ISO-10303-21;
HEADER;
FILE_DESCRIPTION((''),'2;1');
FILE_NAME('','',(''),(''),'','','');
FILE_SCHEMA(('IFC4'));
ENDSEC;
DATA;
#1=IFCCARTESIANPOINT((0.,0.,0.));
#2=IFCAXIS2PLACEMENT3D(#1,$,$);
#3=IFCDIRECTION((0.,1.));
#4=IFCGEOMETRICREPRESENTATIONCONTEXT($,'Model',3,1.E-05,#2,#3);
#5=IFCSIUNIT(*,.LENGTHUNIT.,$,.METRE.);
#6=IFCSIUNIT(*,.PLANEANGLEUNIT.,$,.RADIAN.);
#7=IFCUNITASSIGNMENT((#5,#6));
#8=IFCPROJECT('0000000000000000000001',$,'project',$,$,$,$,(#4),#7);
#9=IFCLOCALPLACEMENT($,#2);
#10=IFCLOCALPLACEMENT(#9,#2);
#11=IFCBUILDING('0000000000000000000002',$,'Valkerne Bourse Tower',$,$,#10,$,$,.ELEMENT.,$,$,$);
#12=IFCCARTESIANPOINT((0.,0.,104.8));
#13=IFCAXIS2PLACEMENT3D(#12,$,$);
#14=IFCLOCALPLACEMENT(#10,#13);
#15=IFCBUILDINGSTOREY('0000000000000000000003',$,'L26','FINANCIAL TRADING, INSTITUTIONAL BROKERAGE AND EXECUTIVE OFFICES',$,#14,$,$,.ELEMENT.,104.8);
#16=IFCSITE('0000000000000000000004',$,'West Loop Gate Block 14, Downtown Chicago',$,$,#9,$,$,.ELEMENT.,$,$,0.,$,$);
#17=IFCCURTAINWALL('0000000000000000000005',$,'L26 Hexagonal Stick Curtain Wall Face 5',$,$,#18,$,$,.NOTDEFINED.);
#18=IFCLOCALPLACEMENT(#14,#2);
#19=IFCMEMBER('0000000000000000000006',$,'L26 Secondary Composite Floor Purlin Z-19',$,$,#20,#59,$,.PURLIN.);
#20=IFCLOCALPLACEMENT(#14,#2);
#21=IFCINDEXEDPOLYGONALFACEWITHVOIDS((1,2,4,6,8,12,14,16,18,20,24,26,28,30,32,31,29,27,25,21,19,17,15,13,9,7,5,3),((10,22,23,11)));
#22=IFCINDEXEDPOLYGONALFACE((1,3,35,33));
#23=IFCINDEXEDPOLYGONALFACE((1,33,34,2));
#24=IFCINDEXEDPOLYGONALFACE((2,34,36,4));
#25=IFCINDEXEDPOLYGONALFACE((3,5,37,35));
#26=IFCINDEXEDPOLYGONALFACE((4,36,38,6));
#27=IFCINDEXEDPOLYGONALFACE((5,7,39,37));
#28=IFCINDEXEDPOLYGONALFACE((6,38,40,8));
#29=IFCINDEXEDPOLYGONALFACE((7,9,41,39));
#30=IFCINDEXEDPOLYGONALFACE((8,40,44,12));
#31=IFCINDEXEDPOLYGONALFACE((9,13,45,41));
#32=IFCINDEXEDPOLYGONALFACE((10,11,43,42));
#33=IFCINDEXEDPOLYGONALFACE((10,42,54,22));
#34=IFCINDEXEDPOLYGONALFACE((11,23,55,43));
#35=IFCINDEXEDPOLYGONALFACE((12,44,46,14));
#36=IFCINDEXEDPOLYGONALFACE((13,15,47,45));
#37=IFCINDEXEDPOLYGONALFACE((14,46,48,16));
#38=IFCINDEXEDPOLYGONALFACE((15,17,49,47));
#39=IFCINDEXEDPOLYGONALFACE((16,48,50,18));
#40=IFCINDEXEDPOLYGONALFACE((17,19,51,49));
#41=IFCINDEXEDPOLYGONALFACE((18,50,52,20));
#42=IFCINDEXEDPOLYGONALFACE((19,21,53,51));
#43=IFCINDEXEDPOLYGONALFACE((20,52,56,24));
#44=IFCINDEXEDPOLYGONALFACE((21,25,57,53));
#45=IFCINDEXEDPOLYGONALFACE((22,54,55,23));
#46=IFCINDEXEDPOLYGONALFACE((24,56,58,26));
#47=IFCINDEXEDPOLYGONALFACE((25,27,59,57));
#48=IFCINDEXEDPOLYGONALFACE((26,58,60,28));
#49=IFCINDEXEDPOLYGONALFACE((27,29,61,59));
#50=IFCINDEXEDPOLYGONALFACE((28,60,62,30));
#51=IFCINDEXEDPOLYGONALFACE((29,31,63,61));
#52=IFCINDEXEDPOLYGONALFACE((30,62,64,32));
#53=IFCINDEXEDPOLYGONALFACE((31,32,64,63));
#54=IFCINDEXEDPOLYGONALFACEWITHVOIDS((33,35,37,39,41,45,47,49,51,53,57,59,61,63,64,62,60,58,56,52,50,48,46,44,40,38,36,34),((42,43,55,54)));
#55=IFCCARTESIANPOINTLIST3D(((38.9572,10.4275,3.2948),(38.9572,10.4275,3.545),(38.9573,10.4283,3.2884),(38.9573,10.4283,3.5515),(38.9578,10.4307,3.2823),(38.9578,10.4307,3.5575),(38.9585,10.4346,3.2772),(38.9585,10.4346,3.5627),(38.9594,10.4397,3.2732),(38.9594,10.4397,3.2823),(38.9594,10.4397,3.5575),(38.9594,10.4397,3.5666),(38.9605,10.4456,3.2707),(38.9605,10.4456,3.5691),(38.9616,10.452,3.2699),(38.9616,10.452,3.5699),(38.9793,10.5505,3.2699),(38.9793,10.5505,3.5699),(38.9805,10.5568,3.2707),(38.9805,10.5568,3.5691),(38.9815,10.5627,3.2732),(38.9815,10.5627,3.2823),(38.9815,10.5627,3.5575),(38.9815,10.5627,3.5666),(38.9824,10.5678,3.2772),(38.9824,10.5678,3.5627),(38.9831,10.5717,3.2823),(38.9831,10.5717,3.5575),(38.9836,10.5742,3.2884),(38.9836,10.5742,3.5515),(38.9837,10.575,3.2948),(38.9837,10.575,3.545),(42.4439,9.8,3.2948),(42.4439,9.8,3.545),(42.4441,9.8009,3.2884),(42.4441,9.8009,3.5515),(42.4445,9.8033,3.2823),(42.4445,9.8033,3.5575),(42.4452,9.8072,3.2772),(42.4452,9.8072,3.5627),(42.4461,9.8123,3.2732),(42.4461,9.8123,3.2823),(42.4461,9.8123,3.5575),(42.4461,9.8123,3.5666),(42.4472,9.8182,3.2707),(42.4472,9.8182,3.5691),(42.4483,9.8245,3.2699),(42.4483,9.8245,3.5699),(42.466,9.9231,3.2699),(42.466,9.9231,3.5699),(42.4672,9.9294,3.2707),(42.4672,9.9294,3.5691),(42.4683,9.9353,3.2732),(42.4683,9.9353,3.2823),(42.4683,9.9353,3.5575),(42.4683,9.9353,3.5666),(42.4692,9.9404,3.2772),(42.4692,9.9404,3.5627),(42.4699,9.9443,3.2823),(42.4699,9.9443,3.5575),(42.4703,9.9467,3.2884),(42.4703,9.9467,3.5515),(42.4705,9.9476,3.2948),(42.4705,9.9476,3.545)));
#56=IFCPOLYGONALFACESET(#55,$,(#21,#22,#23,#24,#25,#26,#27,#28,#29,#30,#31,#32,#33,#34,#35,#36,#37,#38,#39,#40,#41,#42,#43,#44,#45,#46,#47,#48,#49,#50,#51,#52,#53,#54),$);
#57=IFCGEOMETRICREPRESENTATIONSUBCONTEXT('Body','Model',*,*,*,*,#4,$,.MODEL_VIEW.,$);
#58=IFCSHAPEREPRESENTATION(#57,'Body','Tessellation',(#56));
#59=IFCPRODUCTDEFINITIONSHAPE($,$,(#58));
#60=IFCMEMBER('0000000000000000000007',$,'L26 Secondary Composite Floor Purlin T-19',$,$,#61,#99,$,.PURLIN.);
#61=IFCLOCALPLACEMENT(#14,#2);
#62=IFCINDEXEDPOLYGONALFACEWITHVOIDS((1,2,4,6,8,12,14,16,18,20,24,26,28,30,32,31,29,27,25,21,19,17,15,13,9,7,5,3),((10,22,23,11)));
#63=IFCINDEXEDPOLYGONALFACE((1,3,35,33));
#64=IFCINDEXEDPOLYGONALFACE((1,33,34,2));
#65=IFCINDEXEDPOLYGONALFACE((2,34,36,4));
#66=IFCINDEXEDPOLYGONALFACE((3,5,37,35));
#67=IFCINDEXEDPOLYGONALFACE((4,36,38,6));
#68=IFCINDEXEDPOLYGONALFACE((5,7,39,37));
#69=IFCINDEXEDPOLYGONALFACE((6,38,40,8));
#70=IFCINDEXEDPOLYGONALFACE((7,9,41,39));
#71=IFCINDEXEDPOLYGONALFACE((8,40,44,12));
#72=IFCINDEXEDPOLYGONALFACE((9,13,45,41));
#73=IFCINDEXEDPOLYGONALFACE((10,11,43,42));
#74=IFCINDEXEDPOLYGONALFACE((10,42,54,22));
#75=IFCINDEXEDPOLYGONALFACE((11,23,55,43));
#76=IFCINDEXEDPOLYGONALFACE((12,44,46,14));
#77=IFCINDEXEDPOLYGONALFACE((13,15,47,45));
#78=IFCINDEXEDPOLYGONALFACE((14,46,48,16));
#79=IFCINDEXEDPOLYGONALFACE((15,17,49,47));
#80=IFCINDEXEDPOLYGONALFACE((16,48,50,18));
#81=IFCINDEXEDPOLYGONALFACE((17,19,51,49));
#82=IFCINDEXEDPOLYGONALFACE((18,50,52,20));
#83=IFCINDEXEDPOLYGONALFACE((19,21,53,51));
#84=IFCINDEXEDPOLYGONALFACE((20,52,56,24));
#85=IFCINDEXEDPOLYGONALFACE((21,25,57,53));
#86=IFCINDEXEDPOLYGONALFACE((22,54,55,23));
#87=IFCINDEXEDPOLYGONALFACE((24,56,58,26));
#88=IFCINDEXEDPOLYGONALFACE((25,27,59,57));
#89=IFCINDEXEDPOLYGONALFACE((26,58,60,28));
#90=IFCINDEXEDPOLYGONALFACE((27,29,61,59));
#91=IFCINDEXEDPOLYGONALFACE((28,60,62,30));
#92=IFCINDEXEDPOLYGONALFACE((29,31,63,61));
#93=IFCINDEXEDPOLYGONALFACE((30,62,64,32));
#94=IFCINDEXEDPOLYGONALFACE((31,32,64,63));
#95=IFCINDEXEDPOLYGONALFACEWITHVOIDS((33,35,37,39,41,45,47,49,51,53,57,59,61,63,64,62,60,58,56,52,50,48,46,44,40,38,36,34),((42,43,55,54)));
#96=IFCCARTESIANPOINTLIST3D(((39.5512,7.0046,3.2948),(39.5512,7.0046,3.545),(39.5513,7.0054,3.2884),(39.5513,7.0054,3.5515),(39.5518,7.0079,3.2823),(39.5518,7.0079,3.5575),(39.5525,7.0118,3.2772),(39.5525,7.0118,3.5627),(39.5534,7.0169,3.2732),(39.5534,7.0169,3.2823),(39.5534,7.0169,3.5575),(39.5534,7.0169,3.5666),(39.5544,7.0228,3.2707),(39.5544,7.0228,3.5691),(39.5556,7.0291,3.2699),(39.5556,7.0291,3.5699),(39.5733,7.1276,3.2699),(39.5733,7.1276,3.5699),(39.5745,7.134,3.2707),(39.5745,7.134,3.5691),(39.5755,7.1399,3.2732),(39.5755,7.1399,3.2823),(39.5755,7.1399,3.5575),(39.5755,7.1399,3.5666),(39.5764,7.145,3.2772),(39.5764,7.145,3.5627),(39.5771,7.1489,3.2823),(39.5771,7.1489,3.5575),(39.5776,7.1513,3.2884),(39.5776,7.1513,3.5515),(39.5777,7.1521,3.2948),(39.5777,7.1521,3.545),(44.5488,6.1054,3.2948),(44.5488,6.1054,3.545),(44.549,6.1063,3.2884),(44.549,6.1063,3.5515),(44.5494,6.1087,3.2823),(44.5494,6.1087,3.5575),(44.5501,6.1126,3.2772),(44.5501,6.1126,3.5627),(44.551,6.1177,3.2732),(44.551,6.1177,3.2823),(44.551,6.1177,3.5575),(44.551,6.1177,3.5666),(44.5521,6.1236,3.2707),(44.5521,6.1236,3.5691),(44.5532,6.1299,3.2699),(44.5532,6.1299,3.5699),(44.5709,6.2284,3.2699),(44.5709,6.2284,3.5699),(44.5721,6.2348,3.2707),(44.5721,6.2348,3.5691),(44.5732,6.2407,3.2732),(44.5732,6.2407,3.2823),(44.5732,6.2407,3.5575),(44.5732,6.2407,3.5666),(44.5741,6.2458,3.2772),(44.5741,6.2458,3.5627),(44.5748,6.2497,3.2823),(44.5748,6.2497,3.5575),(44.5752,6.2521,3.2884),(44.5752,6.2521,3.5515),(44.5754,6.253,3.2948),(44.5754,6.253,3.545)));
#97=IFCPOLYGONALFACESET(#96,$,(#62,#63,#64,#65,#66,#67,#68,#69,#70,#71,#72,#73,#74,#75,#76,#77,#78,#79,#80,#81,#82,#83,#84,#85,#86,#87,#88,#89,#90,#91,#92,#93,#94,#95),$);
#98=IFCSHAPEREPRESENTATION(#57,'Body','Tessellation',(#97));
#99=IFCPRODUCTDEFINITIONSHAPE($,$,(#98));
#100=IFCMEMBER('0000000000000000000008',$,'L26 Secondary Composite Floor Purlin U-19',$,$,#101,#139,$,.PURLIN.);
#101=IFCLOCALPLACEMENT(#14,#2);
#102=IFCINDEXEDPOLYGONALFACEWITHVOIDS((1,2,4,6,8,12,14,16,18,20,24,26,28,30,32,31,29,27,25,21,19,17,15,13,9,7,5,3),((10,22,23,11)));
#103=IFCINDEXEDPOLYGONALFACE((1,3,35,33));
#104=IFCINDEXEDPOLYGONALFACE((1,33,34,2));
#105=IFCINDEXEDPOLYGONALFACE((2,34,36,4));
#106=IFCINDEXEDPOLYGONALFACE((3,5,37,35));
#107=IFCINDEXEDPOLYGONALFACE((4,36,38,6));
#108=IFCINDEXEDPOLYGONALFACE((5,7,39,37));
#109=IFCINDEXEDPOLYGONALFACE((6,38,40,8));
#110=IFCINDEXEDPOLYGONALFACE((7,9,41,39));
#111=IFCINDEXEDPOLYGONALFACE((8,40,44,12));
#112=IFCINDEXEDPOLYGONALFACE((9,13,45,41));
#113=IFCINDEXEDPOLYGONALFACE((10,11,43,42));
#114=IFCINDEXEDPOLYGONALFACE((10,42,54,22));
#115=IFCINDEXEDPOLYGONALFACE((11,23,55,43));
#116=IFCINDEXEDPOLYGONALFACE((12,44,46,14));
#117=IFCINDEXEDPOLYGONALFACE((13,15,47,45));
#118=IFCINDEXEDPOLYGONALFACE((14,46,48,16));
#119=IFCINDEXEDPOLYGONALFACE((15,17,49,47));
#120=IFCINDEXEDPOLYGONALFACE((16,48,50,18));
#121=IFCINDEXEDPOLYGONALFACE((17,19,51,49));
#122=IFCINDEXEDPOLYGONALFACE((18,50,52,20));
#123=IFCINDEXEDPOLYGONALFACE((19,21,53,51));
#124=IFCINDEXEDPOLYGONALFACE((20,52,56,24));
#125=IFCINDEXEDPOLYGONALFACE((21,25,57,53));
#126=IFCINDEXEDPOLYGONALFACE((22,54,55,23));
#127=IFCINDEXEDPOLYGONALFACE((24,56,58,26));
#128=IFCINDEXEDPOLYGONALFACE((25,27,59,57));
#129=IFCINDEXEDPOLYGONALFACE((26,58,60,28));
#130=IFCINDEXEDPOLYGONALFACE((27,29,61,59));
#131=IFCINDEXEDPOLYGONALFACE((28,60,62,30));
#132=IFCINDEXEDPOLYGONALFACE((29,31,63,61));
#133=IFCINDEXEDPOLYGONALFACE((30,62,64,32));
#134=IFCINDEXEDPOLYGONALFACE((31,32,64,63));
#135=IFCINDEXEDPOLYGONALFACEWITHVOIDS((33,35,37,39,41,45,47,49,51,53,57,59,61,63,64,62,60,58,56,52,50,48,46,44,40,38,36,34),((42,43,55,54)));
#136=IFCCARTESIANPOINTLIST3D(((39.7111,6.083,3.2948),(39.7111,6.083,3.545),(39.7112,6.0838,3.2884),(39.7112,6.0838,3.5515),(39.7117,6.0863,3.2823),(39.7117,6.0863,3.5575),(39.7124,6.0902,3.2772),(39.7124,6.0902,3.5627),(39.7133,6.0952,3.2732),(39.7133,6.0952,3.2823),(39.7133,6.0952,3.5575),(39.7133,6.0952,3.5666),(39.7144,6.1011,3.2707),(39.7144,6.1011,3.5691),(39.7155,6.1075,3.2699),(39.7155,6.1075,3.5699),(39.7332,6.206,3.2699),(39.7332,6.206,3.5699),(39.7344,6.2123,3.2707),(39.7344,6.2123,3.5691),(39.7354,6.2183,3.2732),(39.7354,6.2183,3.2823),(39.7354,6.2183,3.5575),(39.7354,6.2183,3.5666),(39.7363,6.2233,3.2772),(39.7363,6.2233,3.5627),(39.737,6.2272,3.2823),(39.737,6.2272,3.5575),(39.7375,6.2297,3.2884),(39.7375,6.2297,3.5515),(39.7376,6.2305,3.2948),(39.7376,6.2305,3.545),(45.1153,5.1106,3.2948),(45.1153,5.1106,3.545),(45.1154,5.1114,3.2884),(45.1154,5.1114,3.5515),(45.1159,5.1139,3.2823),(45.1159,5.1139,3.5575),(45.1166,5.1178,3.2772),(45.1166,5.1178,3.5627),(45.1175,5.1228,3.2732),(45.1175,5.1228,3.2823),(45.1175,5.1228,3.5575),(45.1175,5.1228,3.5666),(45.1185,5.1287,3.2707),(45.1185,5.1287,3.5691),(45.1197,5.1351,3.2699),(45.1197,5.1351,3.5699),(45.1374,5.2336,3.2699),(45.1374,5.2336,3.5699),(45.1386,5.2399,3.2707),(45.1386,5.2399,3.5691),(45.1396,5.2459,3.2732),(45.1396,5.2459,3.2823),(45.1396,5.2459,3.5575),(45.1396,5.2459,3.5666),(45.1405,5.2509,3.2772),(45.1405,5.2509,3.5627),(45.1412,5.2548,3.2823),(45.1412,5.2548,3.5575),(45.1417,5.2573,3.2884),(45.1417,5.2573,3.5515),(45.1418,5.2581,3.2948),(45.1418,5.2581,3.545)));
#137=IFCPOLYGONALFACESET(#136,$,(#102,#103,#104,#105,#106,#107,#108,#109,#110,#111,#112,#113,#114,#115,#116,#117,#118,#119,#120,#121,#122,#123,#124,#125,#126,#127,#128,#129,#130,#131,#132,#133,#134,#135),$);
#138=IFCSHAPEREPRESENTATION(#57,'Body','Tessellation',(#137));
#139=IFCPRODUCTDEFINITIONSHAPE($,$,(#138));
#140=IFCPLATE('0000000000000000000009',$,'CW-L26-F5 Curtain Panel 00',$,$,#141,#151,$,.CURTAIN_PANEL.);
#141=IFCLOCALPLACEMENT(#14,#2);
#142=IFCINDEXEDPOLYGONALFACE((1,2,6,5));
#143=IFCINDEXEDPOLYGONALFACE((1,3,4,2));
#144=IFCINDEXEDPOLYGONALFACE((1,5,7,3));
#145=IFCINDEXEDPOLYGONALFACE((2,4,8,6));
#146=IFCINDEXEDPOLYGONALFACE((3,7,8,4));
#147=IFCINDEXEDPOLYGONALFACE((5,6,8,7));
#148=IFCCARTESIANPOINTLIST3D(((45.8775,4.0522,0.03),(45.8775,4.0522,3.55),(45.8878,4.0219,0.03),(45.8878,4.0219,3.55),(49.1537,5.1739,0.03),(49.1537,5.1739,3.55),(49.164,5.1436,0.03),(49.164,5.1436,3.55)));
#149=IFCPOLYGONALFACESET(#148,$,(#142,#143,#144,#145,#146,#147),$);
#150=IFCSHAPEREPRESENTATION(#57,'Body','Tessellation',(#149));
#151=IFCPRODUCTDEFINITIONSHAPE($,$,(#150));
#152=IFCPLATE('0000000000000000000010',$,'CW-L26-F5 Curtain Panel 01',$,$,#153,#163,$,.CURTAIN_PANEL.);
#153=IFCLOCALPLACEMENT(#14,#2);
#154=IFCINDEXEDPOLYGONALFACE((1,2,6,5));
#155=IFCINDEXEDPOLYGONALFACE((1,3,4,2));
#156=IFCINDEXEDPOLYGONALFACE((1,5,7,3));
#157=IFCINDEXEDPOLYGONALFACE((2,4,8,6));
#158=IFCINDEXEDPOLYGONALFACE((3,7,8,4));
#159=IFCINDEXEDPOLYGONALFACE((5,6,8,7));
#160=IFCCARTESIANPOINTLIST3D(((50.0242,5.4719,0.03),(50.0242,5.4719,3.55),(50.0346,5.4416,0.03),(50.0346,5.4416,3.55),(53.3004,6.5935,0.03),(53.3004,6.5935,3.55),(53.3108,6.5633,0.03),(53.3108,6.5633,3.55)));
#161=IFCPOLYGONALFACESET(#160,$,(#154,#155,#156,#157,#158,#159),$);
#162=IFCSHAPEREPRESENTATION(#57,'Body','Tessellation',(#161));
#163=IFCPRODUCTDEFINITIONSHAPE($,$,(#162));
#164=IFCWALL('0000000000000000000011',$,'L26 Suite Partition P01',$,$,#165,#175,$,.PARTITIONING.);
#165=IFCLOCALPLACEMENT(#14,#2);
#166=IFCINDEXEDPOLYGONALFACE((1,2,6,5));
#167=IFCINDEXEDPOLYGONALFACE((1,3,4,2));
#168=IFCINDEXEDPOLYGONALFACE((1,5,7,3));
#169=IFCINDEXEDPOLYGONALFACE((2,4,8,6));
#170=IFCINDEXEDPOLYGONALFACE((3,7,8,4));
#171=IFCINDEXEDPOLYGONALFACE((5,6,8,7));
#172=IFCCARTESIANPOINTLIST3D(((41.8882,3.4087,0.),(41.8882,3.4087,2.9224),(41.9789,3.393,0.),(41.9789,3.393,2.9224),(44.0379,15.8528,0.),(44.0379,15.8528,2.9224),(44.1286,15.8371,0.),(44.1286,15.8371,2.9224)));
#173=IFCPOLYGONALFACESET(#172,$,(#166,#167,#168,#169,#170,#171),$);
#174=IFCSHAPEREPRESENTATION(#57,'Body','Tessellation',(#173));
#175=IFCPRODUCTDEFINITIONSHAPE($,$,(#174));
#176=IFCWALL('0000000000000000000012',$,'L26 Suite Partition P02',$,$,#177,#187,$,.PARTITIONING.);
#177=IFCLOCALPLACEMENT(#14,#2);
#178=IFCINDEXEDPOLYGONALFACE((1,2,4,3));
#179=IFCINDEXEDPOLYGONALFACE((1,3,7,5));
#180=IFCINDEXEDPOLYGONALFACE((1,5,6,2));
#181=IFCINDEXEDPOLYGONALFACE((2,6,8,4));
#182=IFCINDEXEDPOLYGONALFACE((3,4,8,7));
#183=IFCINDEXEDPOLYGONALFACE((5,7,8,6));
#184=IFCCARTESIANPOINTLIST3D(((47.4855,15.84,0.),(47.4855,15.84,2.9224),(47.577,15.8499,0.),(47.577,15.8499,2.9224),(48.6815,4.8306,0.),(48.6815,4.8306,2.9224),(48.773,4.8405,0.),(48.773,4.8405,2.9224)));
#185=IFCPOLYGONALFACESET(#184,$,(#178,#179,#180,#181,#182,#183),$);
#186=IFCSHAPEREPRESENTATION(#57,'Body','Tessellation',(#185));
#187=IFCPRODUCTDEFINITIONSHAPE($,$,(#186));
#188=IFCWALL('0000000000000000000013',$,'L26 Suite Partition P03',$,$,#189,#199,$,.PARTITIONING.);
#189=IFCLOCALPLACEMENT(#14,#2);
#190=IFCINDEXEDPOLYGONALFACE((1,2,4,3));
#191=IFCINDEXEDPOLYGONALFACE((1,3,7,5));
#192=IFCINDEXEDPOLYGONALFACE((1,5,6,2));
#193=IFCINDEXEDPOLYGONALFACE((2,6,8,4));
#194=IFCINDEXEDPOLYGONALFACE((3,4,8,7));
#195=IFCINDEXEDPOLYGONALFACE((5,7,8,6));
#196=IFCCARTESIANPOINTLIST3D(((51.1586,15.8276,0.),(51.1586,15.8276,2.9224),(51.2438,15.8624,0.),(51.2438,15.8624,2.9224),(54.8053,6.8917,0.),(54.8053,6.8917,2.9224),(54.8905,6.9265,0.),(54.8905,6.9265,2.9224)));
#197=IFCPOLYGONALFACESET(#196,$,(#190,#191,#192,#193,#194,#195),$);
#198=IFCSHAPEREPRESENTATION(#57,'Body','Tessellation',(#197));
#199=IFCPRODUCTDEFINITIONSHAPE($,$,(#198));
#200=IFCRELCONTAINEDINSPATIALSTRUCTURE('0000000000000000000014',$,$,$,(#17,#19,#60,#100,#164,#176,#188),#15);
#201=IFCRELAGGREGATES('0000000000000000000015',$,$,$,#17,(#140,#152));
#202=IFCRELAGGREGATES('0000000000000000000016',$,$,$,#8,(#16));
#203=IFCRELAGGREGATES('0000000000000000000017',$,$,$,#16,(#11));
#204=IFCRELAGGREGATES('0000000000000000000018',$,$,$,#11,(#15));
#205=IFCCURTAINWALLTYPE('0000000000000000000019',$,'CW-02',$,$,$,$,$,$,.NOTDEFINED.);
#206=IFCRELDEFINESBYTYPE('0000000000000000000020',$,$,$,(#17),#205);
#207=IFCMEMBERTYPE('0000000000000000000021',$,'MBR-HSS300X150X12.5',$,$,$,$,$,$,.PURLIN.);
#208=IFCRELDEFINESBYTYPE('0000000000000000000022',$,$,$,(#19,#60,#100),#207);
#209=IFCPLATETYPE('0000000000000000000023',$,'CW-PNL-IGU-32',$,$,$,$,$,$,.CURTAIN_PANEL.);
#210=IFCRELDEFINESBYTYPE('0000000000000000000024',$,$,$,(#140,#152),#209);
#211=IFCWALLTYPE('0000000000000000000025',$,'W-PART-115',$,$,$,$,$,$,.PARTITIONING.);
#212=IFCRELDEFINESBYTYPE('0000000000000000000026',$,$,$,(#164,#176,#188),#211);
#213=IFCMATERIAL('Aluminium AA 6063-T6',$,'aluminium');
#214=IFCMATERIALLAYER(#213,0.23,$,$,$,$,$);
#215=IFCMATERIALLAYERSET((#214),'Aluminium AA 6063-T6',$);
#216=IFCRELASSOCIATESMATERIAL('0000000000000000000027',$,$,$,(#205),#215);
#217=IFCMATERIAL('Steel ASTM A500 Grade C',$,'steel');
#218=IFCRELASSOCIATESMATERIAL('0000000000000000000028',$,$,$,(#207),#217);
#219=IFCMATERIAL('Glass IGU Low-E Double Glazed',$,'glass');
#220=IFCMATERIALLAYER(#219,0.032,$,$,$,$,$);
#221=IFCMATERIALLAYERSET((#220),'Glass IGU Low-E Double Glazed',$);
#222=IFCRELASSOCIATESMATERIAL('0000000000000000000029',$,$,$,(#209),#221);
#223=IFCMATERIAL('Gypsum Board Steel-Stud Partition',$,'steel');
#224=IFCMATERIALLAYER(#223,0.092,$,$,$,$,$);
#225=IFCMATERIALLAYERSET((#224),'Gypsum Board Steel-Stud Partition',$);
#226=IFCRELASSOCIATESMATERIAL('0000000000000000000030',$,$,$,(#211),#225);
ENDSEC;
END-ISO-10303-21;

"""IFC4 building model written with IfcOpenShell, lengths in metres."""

from ifc_helpers import new_model, si_unit, direction, frame, frame_2d, origin, origin_2d, place, context, subcontext, project, spatial, rectangle, hollow_rectangle, extrude, material, layer, layer_set, material_profile, profile_set, type_object, element, aggregate, save


model = new_model("IFC4")

# Units and contexts
model_context = context("Model", 3, precision=1e-05, world=origin(), true_north=direction((0.0, 1.0)))
body_context = subcontext(model_context, "Body", "Model", "MODEL_VIEW")
ifc_project = project(units=[si_unit("LENGTHUNIT", "METRE"), si_unit("PLANEANGLEUNIT", "RADIAN")], contexts=[model_context])

# Site, building, storey
site_placement = place(None, origin())
site = spatial("IfcSite", under=ifc_project, at=site_placement, Name="West Loop Gate Block 14, Downtown Chicago", CompositionType="ELEMENT", RefElevation=0.0)
building_placement = place(site_placement, origin())
building = spatial("IfcBuilding", under=site, at=building_placement, Name="Valkerne Bourse Tower", CompositionType="ELEMENT")
storey_placement = place(building_placement, frame((0.0, 0.0, 104.8)))
storey = spatial("IfcBuildingStorey", under=building, at=storey_placement, Name="L26", Description="FINANCIAL TRADING, INSTITUTIONAL BROKERAGE AND EXECUTIVE OFFICES", CompositionType="ELEMENT", Elevation=104.8)

# Shared definitions
ifc_material_1 = material(Name="Aluminium AA 6063-T6", Category="aluminium")
ifc_layer_1 = layer(ifc_material_1, 0.23)
ifc_layer_set_1 = layer_set([ifc_layer_1], Name="Aluminium AA 6063-T6")
curtain_wall_type = type_object("IfcCurtainWallType", Name="CW-02", PredefinedType="NOTDEFINED", material=ifc_layer_set_1)

# Curtain wall
curtain_wall_1_placement = place(storey_placement, origin())
curtain_wall_1 = element("IfcCurtainWall", 1, at=curtain_wall_1_placement, inside=storey, type_object=curtain_wall_type, Name="L26 Hexagonal Stick Curtain Wall Face 5", PredefinedType="NOTDEFINED")

# Members
ifc_material_2 = material(Name="Steel ASTM A500 Grade C", Category="steel")
ifc_material_profile_1 = material_profile(ifc_material_2, hollow_rectangle(XDim=0.1499, YDim=0.3, WallThickness=0.0125, OuterFilletRadius=0.0249, at=origin_2d()), Name="HSS300X150X12.5")
ifc_profile_set_1 = profile_set([ifc_material_profile_1], Name="Steel ASTM A500 Grade C")
member_type_1 = type_object("IfcMemberType", Name="MBR-HSS300X150X12.5", PredefinedType="PURLIN", material=ifc_profile_set_1)
member_1_placement = place(storey_placement, frame((38.9705, 10.5012, 3.4199), z_axis=(0.984192, -0.177102, 0.0), x_axis=(0.177102, 0.984192, 0.0)))
element("IfcMember", 2, at=member_1_placement, inside=storey, type_object=member_type_1, Name="L26 Secondary Composite Floor Purlin Z-19", PredefinedType="PURLIN", context=body_context, shape_type="SweptSolid", body=[
    extrude(hollow_rectangle(XDim=0.1499, YDim=0.3, WallThickness=0.0125, OuterFilletRadius=0.0249, at=origin_2d()), origin(), (0.0, 0.0, 1.0), 3.5427),
])
member_2_placement = place(storey_placement, frame((39.5645, 7.0784, 3.4199), z_axis=(0.984197, -0.177078, 0.0), x_axis=(0.177078, 0.984197, 0.0)))
element("IfcMember", 3, at=member_2_placement, inside=storey, type_object=member_type_1, Name="L26 Secondary Composite Floor Purlin T-19", PredefinedType="PURLIN", context=body_context, shape_type="SweptSolid", body=[
    extrude(hollow_rectangle(XDim=0.1499, YDim=0.3, WallThickness=0.0125, OuterFilletRadius=0.0249, at=origin_2d()), origin(), (0.0, 0.0, 1.0), 5.0779),
])
member_3_placement = place(storey_placement, frame((39.7244, 6.1567, 3.4199), z_axis=(0.984195, -0.177089, 0.0), x_axis=(0.177089, 0.984195, 0.0)))
element("IfcMember", 4, at=member_3_placement, inside=storey, type_object=member_type_1, Name="L26 Secondary Composite Floor Purlin U-19", PredefinedType="PURLIN", context=body_context, shape_type="SweptSolid", body=[
    extrude(hollow_rectangle(XDim=0.1499, YDim=0.3, WallThickness=0.0125, OuterFilletRadius=0.0249, at=origin_2d()), origin(), (0.0, 0.0, 1.0), 5.491),
])

# Plates
ifc_material_3 = material(Name="Glass IGU Low-E Double Glazed", Category="glass")
ifc_layer_2 = layer(ifc_material_3, 0.032)
ifc_layer_set_2 = layer_set([ifc_layer_2], Name="Glass IGU Low-E Double Glazed")
plate_type = type_object("IfcPlateType", Name="CW-PNL-IGU-32", PredefinedType="CURTAIN_PANEL", material=ifc_layer_set_2)
plate_1_placement = place(storey_placement, frame((47.5208, 4.5979, 0.03), z_axis=(0.0, 0.0, 1.0), x_axis=(0.946088, 0.323911, 0.0)))
plate_1 = element("IfcPlate", 5, at=plate_1_placement, type_object=plate_type, Name="CW-L26-F5 Curtain Panel 00", PredefinedType="CURTAIN_PANEL", context=body_context, shape_type="SweptSolid", body=[
    extrude(rectangle(XDim=3.4629, YDim=0.032, at=origin_2d()), origin(), (0.0, 0.0, 1.0), 3.52),
])
plate_2_placement = place(storey_placement, frame((51.6675, 6.0176, 0.03), z_axis=(0.0, 0.0, 1.0), x_axis=(0.946088, 0.323911, 0.0)))
plate_2 = element("IfcPlate", 6, at=plate_2_placement, type_object=plate_type, Name="CW-L26-F5 Curtain Panel 01", PredefinedType="CURTAIN_PANEL", context=body_context, shape_type="SweptSolid", body=[
    extrude(rectangle(XDim=3.4629, YDim=0.032, at=origin_2d()), origin(), (0.0, 0.0, 1.0), 3.52),
])
aggregate(curtain_wall_1, [plate_1, plate_2])

# Walls
ifc_material_4 = material(Name="Gypsum Board Steel-Stud Partition", Category="steel")
ifc_layer_3 = layer(ifc_material_4, 0.092)
ifc_layer_set_3 = layer_set([ifc_layer_3], Name="Gypsum Board Steel-Stud Partition")
wall_type = type_object("IfcWallType", Name="W-PART-115", PredefinedType="PARTITIONING", material=ifc_layer_set_3)
wall_1_placement = place(storey_placement, frame((44.0833, 15.845, 0.0), z_axis=(0.0, 0.0, 1.0), x_axis=(-0.170224, -0.985405, 0.0)))
element("IfcWall", 7, at=wall_1_placement, inside=storey, type_object=wall_type, Name="L26 Suite Partition P01", PredefinedType="PARTITIONING", context=body_context, shape_type="SweptSolid", body=[
    extrude(rectangle(XDim=12.6284, YDim=0.092, at=frame_2d((6.3142, 0.0))), origin(), (0.0, 0.0, 1.0), 2.9224),
])
wall_2_placement = place(storey_placement, frame((47.5312, 15.845, 0.0), z_axis=(0.0, 0.0, 1.0), x_axis=(0.108002, -0.994151, 0.0)))
element("IfcWall", 8, at=wall_2_placement, inside=storey, type_object=wall_type, Name="L26 Suite Partition P02", PredefinedType="PARTITIONING", context=body_context, shape_type="SweptSolid", body=[
    extrude(rectangle(XDim=11.0742, YDim=0.092, at=frame_2d((5.5371, 0.0))), origin(), (0.0, 0.0, 1.0), 2.9224),
])
wall_3_placement = place(storey_placement, frame((51.2012, 15.845, 0.0), z_axis=(0.0, 0.0, 1.0), x_axis=(0.37785, -0.925867, 0.0)))
element("IfcWall", 9, at=wall_3_placement, inside=storey, type_object=wall_type, Name="L26 Suite Partition P03", PredefinedType="PARTITIONING", context=body_context, shape_type="SweptSolid", body=[
    extrude(rectangle(XDim=9.6514, YDim=0.092, at=frame_2d((4.8257, 0.0))), origin(), (0.0, 0.0, 1.0), 2.9224),
])

save(model, "model.ifc")
